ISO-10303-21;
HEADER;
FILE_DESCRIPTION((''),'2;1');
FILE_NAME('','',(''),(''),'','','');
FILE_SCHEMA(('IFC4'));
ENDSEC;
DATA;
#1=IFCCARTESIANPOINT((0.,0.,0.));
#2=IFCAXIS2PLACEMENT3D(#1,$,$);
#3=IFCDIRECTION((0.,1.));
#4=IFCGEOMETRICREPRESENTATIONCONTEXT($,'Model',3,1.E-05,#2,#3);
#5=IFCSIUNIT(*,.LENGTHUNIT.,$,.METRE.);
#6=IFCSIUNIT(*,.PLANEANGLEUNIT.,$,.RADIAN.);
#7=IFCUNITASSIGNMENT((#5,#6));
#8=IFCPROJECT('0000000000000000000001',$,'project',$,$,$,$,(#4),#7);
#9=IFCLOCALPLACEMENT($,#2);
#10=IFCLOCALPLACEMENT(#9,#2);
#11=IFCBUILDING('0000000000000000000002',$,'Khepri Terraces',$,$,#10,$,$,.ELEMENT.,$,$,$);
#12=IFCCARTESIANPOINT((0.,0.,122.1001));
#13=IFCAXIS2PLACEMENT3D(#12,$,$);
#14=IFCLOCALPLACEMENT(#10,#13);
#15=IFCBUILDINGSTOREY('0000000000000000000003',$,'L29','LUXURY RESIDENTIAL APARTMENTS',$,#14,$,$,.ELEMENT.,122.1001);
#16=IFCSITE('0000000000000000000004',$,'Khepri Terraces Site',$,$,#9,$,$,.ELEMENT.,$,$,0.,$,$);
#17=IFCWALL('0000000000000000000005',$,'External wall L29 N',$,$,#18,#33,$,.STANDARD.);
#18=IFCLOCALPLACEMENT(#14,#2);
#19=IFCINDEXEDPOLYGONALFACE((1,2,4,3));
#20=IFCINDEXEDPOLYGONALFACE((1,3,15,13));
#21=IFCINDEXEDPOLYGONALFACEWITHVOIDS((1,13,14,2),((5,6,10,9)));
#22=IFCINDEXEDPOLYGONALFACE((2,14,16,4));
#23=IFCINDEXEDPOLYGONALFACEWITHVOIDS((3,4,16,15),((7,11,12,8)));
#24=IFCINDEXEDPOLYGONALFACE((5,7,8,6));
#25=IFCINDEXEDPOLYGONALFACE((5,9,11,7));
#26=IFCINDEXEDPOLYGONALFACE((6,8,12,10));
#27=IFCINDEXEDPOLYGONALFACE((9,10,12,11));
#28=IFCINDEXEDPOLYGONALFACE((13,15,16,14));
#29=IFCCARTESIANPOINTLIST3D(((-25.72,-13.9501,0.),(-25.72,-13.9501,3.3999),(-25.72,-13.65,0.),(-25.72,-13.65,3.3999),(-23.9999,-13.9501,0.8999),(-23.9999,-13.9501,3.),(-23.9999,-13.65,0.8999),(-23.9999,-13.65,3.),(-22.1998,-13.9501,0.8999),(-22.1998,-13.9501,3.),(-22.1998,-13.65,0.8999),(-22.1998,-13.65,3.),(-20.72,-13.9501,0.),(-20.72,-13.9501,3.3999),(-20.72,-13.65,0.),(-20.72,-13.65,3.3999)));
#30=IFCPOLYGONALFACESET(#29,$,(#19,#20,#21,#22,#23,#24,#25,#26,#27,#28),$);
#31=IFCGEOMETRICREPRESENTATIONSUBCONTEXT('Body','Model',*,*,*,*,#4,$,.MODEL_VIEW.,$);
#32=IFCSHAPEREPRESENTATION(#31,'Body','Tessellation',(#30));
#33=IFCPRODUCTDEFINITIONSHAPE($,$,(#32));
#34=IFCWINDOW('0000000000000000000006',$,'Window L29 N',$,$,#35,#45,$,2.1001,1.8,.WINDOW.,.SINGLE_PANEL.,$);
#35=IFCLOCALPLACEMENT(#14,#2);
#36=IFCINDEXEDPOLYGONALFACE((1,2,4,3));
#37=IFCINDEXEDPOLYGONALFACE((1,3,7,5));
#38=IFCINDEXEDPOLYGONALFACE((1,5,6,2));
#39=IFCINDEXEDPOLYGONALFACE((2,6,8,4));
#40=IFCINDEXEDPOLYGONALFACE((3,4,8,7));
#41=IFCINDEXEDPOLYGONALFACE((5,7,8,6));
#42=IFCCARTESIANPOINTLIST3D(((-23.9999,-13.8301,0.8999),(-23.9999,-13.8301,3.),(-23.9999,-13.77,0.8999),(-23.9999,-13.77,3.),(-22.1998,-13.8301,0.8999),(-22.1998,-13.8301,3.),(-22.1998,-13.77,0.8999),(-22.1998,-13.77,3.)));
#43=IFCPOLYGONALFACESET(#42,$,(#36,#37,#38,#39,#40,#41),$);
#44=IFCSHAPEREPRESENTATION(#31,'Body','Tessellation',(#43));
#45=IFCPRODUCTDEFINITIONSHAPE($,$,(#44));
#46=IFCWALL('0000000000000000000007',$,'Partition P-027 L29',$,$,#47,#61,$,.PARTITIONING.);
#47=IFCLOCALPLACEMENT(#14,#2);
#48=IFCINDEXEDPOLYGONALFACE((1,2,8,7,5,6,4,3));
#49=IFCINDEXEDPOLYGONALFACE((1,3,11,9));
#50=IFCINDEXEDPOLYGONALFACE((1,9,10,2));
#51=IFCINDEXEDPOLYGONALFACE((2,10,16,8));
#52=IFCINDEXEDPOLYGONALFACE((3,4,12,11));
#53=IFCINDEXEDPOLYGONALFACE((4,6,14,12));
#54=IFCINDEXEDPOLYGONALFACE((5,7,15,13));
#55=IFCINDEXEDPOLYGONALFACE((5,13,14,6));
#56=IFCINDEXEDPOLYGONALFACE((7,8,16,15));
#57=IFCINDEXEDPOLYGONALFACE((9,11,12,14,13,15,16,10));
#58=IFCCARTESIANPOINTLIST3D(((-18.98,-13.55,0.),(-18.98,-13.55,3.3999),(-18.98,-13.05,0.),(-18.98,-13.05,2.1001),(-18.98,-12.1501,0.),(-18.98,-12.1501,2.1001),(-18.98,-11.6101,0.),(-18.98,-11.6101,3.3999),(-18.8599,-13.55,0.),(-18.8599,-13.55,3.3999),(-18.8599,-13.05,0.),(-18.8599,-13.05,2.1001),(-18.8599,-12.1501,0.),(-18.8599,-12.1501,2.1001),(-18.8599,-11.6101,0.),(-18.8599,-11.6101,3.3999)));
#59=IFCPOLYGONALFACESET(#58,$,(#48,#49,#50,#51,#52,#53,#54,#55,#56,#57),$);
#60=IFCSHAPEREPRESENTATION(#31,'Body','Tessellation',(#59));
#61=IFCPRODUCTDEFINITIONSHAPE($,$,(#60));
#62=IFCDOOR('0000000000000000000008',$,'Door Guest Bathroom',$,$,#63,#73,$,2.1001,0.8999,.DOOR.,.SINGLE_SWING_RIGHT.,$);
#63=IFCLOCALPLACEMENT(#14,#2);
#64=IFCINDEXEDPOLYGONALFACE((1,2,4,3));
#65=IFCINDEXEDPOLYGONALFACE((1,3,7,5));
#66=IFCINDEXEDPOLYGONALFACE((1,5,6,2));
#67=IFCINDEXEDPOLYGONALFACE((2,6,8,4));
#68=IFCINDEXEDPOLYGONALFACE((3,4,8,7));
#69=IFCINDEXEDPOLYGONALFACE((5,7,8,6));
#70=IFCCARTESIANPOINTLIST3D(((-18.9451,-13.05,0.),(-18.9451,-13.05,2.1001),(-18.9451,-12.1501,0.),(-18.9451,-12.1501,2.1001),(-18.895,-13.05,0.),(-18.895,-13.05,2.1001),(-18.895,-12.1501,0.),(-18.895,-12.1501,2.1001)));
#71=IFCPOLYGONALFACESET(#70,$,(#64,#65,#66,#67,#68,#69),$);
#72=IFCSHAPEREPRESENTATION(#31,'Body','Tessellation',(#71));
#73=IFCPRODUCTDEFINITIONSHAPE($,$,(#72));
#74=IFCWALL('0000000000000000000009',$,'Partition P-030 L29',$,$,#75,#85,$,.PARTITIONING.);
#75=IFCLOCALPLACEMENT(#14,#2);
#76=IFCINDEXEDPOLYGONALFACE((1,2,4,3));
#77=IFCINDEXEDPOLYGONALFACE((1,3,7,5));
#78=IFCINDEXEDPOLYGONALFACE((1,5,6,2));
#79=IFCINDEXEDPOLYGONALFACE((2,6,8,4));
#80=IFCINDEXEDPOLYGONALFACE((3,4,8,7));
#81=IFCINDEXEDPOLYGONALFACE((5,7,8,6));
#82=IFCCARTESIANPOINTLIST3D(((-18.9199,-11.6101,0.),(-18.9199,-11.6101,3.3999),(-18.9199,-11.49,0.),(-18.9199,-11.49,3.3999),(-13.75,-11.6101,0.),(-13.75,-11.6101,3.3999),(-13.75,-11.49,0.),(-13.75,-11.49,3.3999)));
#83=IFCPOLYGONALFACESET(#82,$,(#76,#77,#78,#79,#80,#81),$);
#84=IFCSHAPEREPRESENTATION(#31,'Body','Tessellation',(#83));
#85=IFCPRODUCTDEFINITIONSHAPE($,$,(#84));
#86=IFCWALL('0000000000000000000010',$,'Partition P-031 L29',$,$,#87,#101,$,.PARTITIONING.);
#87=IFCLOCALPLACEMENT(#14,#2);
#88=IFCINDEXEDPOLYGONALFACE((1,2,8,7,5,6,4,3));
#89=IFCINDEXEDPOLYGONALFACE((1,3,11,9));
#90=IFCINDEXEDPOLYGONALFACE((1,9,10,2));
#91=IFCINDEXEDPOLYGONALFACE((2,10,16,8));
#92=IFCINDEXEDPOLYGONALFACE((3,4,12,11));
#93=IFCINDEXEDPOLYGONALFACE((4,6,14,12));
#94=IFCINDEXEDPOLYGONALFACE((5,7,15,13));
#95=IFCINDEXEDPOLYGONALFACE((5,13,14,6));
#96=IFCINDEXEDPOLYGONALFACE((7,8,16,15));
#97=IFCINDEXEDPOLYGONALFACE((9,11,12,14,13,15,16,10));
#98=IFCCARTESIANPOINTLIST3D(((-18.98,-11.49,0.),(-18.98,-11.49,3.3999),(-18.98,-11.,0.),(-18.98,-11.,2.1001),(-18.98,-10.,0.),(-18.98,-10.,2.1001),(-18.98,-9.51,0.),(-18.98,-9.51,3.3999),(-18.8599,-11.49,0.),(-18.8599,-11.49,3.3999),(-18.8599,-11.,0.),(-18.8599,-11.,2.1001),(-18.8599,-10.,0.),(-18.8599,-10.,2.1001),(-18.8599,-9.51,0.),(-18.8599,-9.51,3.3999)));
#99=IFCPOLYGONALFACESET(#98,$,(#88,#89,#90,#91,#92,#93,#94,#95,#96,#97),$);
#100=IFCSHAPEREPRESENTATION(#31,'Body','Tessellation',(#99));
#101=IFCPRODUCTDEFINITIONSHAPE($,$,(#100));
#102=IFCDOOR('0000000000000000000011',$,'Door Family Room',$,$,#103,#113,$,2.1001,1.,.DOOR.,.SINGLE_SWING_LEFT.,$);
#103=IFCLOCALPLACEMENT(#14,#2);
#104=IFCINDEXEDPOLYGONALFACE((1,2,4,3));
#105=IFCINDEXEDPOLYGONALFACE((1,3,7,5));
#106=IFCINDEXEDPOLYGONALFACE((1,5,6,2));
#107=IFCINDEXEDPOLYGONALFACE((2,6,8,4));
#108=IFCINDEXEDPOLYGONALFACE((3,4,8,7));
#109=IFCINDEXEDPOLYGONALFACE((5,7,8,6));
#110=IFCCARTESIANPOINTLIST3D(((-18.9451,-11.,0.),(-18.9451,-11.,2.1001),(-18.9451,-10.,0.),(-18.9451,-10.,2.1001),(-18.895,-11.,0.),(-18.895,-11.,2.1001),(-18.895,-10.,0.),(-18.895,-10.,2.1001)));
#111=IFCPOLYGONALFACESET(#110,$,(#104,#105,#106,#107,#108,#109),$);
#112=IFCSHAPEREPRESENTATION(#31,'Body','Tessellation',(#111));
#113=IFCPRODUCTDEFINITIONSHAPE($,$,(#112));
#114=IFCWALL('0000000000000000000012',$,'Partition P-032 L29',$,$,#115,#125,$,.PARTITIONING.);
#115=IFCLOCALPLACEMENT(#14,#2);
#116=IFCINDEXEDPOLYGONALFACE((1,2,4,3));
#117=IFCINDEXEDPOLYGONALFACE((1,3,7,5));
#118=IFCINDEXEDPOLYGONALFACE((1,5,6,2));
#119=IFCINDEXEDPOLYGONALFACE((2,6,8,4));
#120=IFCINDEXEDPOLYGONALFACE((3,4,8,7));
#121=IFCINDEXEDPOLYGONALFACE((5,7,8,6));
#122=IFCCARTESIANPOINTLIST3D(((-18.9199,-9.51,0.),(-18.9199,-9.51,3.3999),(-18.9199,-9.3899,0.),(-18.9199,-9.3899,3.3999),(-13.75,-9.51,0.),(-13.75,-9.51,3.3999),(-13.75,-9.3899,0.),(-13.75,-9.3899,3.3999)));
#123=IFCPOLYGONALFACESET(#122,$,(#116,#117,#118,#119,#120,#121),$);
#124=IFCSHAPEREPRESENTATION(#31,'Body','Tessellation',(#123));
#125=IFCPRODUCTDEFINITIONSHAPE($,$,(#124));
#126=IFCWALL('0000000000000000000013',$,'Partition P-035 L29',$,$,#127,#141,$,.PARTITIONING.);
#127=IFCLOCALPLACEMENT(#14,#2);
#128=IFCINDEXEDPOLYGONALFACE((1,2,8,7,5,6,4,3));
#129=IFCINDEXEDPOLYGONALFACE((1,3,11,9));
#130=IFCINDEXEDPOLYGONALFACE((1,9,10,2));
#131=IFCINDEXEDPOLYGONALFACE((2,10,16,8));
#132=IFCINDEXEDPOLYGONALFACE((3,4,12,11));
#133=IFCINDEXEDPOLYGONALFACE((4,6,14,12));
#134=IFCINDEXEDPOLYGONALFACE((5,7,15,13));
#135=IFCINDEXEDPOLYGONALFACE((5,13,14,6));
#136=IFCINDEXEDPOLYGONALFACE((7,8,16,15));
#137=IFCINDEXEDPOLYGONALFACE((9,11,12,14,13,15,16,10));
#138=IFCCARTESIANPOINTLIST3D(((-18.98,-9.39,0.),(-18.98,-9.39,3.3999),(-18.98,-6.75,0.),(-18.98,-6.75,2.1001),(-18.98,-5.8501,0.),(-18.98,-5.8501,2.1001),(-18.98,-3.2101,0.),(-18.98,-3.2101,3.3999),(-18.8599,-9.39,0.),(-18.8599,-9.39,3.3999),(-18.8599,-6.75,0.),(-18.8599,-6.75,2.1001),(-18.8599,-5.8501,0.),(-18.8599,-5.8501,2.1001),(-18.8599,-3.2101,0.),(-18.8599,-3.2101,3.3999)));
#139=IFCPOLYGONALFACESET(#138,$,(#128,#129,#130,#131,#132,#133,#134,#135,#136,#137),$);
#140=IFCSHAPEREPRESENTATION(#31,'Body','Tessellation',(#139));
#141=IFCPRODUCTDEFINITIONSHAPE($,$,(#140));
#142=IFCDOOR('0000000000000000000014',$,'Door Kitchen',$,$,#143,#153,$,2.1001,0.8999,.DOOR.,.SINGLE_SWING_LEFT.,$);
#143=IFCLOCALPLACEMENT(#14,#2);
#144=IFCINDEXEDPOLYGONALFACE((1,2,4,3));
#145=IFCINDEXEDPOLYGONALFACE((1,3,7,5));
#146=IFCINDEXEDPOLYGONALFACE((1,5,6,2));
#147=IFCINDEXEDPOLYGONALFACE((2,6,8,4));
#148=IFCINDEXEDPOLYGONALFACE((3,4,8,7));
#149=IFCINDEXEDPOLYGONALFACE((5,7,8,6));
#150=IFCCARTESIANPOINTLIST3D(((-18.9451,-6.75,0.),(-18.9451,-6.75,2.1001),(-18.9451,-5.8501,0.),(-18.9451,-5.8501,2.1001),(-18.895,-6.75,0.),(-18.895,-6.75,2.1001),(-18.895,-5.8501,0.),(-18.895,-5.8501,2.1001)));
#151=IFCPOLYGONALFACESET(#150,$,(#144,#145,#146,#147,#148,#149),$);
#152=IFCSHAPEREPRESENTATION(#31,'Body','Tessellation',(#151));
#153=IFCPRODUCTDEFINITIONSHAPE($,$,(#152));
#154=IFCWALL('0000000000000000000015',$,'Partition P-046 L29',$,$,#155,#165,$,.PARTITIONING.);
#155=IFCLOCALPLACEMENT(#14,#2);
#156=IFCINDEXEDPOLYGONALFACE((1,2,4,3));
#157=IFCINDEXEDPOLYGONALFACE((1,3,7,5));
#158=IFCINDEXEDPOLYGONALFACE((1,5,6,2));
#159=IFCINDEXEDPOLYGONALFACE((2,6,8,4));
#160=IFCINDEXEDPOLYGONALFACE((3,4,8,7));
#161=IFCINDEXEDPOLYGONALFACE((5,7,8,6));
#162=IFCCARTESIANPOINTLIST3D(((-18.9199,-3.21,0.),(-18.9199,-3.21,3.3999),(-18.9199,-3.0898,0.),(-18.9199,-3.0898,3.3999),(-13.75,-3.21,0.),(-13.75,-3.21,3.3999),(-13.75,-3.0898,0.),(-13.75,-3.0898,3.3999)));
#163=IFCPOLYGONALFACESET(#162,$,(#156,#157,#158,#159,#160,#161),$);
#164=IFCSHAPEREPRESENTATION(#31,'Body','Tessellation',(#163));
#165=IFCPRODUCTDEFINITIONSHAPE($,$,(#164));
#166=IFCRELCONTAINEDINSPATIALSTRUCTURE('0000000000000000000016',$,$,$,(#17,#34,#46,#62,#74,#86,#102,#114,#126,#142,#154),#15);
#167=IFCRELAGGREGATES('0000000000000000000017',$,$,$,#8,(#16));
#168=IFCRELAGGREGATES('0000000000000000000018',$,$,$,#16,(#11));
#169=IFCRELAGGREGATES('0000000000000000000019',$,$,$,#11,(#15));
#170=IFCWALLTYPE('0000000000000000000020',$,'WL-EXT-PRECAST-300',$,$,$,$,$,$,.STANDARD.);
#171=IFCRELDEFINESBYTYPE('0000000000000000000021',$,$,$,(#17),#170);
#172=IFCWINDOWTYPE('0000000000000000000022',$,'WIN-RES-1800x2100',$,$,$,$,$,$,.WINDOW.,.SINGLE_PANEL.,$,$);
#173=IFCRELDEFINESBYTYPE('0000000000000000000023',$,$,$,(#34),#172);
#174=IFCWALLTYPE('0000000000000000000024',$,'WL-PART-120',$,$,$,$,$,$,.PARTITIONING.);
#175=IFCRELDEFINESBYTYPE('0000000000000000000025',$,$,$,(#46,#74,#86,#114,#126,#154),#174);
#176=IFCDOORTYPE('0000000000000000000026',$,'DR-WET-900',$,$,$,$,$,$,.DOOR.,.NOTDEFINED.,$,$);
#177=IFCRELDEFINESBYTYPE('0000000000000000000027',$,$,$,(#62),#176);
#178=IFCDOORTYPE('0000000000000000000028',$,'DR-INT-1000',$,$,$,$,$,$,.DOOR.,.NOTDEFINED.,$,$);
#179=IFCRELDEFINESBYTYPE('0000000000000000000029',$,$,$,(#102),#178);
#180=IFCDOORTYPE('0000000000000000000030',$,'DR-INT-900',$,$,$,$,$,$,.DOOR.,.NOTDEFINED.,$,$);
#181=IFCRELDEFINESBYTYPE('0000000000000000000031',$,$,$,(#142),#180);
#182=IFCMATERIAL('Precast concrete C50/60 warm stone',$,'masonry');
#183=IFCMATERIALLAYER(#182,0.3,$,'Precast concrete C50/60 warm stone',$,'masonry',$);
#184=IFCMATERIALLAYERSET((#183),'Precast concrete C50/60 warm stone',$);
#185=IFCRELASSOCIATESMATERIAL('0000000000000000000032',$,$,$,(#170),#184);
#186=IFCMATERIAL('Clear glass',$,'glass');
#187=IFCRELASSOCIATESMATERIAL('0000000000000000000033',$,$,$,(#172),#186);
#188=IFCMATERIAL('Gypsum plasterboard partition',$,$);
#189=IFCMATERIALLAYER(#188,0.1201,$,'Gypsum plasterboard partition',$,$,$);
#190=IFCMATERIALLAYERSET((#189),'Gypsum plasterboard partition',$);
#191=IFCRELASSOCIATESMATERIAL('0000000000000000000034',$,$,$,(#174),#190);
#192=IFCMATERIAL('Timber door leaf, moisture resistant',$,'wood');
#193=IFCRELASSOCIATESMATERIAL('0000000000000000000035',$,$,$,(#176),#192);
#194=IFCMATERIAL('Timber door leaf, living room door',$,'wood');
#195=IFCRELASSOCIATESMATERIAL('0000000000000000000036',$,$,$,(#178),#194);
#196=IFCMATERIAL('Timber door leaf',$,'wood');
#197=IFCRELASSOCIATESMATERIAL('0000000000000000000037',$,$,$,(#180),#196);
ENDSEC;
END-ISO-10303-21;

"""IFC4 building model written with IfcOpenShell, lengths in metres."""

from ifc_helpers import new_model, si_unit, direction, frame, frame_2d, origin, place, context, subcontext, project, spatial, rectangle, extrude, material, layer, layer_set, type_object, element, fill, save


model = new_model("IFC4")

# Units and contexts
model_context = context("Model", 3, precision=1e-05, world=origin(), true_north=direction((0.0, 1.0)))
body_context = subcontext(model_context, "Body", "Model", "MODEL_VIEW")
ifc_project = project(units=[si_unit("LENGTHUNIT", "METRE"), si_unit("PLANEANGLEUNIT", "RADIAN")], contexts=[model_context])

# Site, building, storey
site_placement = place(None, origin())
site = spatial("IfcSite", under=ifc_project, at=site_placement, Name="Khepri Terraces Site", CompositionType="ELEMENT", RefElevation=0.0)
building_placement = place(site_placement, origin())
building = spatial("IfcBuilding", under=site, at=building_placement, Name="Khepri Terraces", CompositionType="ELEMENT")
storey_placement = place(building_placement, frame((0.0, 0.0, 122.1001)))
storey = spatial("IfcBuildingStorey", under=building, at=storey_placement, Name="L29", Description="LUXURY RESIDENTIAL APARTMENTS", CompositionType="ELEMENT", Elevation=122.1001)

# Wall, opening, window
ifc_material_1 = material(Name="Precast concrete C50/60 warm stone", Category="masonry")
ifc_layer_1 = layer(ifc_material_1, 0.3, Name="Precast concrete C50/60 warm stone", Category="masonry")
ifc_layer_set_1 = layer_set([ifc_layer_1], Name="Precast concrete C50/60 warm stone")
wall_type_1 = type_object("IfcWallType", Name="WL-EXT-PRECAST-300", PredefinedType="STANDARD", material=ifc_layer_set_1)
wall_1_placement = place(storey_placement, frame((-20.72, -13.8, 0.0), z_axis=(0.0, 0.0, 1.0), x_axis=(-1.0, 0.0, 0.0)))
wall_1 = element("IfcWall", 1, at=wall_1_placement, inside=storey, type_object=wall_type_1, Name="External wall L29 N", PredefinedType="STANDARD", context=body_context, shape_type="SweptSolid", body=[
    extrude(rectangle(XDim=5.0, YDim=0.3, at=frame_2d((2.5, 0.0))), origin(), (0.0, 0.0, 1.0), 3.3999),
])
opening_1_placement = place(wall_1_placement, frame((1.48, 0.0, 0.8999)))
opening_1 = element("IfcOpeningElement", 2, at=opening_1_placement, cuts=wall_1, PredefinedType="OPENING", context=body_context, shape_type="SweptSolid", body=[
    extrude(rectangle(XDim=1.8, YDim=2.1001, at=frame_2d((0.8999, 1.05))), frame((0.0, 0.1602, 0.0), z_axis=(0.0, -1.0, 0.0), x_axis=(1.0, 0.0, 0.0)), (0.0, 0.0, 1.0), 0.3201),
])
ifc_material_2 = material(Name="Clear glass", Category="glass")
window_type = type_object("IfcWindowType", Name="WIN-RES-1800x2100", PartitioningType="SINGLE_PANEL", PredefinedType="WINDOW", material=ifc_material_2)
window_placement = place(opening_1_placement, origin())
window = element("IfcWindow", 3, at=window_placement, inside=storey, type_object=window_type, Name="Window L29 N", OverallHeight=2.1001, OverallWidth=1.8, PartitioningType="SINGLE_PANEL", PredefinedType="WINDOW", context=body_context, shape_type="SweptSolid", body=[
    extrude(rectangle(XDim=1.8, YDim=2.1001, at=frame_2d((0.8999, 1.05))), frame((0.0, 0.03, 0.0), z_axis=(0.0, -1.0, 0.0), x_axis=(1.0, 0.0, 0.0)), (0.0, 0.0, 1.0), 0.0601),
])
fill(opening_1, window)

# Wall, opening, door
ifc_material_3 = material(Name="Gypsum plasterboard partition")
ifc_layer_2 = layer(ifc_material_3, 0.1201, Name="Gypsum plasterboard partition")
ifc_layer_set_2 = layer_set([ifc_layer_2], Name="Gypsum plasterboard partition")
wall_type_2 = type_object("IfcWallType", Name="WL-PART-120", PredefinedType="PARTITIONING", material=ifc_layer_set_2)
wall_2_placement = place(storey_placement, frame((-18.9199, -13.55, 0.0), z_axis=(0.0, 0.0, 1.0), x_axis=(0.0, 1.0, 0.0)))
wall_2 = element("IfcWall", 4, at=wall_2_placement, inside=storey, type_object=wall_type_2, Name="Partition P-027 L29", PredefinedType="PARTITIONING", context=body_context, shape_type="SweptSolid", body=[
    extrude(rectangle(XDim=1.9399, YDim=0.1201, at=frame_2d((0.97, 0.0))), origin(), (0.0, 0.0, 1.0), 3.3999),
])
opening_2_placement = place(wall_2_placement, frame((0.5, 0.0, 0.0)))
opening_2 = element("IfcOpeningElement", 5, at=opening_2_placement, cuts=wall_2, PredefinedType="OPENING", context=body_context, shape_type="SweptSolid", body=[
    extrude(rectangle(XDim=0.8999, YDim=2.1001, at=frame_2d((0.45, 1.05))), frame((0.0, 0.0701, 0.0), z_axis=(0.0, -1.0, 0.0), x_axis=(1.0, 0.0, 0.0)), (0.0, 0.0, 1.0), 0.1401),
])
ifc_material_4 = material(Name="Timber door leaf, moisture resistant", Category="wood")
door_type_1 = type_object("IfcDoorType", Name="DR-WET-900", OperationType="NOTDEFINED", PredefinedType="DOOR", material=ifc_material_4)
door_1_placement = place(opening_2_placement, frame((0.8999, 0.0, 0.0), z_axis=(0.0, 0.0, 1.0), x_axis=(-1.0, 0.0, 0.0)))
door_1 = element("IfcDoor", 6, at=door_1_placement, inside=storey, type_object=door_type_1, Name="Door Guest Bathroom", OperationType="SINGLE_SWING_RIGHT", OverallHeight=2.1001, OverallWidth=0.8999, PredefinedType="DOOR", context=body_context, shape_type="SweptSolid", body=[
    extrude(rectangle(XDim=0.8999, YDim=2.1001, at=frame_2d((0.45, 1.05))), frame((0.0, 0.0249, 0.0), z_axis=(0.0, -1.0, 0.0), x_axis=(1.0, 0.0, 0.0)), (0.0, 0.0, 1.0), 0.05),
])
fill(opening_2, door_1)

# Wall
wall_3_placement = place(storey_placement, frame((-18.9199, -11.55, 0.0), z_axis=(0.0, 0.0, 1.0), x_axis=(1.0, 0.0, 0.0)))
element("IfcWall", 7, at=wall_3_placement, inside=storey, type_object=wall_type_2, Name="Partition P-030 L29", PredefinedType="PARTITIONING", context=body_context, shape_type="SweptSolid", body=[
    extrude(rectangle(XDim=5.1699, YDim=0.1201, at=frame_2d((2.585, 0.0))), origin(), (0.0, 0.0, 1.0), 3.3999),
])

# Wall, opening, door
wall_4_placement = place(storey_placement, frame((-18.9199, -11.49, 0.0), z_axis=(0.0, 0.0, 1.0), x_axis=(0.0, 1.0, 0.0)))
wall_4 = element("IfcWall", 8, at=wall_4_placement, inside=storey, type_object=wall_type_2, Name="Partition P-031 L29", PredefinedType="PARTITIONING", context=body_context, shape_type="SweptSolid", body=[
    extrude(rectangle(XDim=1.98, YDim=0.1201, at=frame_2d((0.99, 0.0))), origin(), (0.0, 0.0, 1.0), 3.3999),
])
opening_3_placement = place(wall_4_placement, frame((0.49, 0.0, 0.0)))
opening_3 = element("IfcOpeningElement", 9, at=opening_3_placement, cuts=wall_4, PredefinedType="OPENING", context=body_context, shape_type="SweptSolid", body=[
    extrude(rectangle(XDim=1.0, YDim=2.1001, at=frame_2d((0.5, 1.05))), frame((0.0, 0.0701, 0.0), z_axis=(0.0, -1.0, 0.0), x_axis=(1.0, 0.0, 0.0)), (0.0, 0.0, 1.0), 0.1401),
])
ifc_material_5 = material(Name="Timber door leaf, living room door", Category="wood")
door_type_2 = type_object("IfcDoorType", Name="DR-INT-1000", OperationType="NOTDEFINED", PredefinedType="DOOR", material=ifc_material_5)
door_2_placement = place(opening_3_placement, frame((1.0, 0.0, 0.0), z_axis=(0.0, 0.0, 1.0), x_axis=(-1.0, 0.0, 0.0)))
door_2 = element("IfcDoor", 10, at=door_2_placement, inside=storey, type_object=door_type_2, Name="Door Family Room", OperationType="SINGLE_SWING_LEFT", OverallHeight=2.1001, OverallWidth=1.0, PredefinedType="DOOR", context=body_context, shape_type="SweptSolid", body=[
    extrude(rectangle(XDim=1.0, YDim=2.1001, at=frame_2d((0.5, 1.05))), frame((0.0, 0.0249, 0.0), z_axis=(0.0, -1.0, 0.0), x_axis=(1.0, 0.0, 0.0)), (0.0, 0.0, 1.0), 0.05),
])
fill(opening_3, door_2)

# Wall
wall_5_placement = place(storey_placement, frame((-18.9199, -9.45, 0.0), z_axis=(0.0, 0.0, 1.0), x_axis=(1.0, 0.0, 0.0)))
element("IfcWall", 11, at=wall_5_placement, inside=storey, type_object=wall_type_2, Name="Partition P-032 L29", PredefinedType="PARTITIONING", context=body_context, shape_type="SweptSolid", body=[
    extrude(rectangle(XDim=5.1699, YDim=0.1201, at=frame_2d((2.585, 0.0))), origin(), (0.0, 0.0, 1.0), 3.3999),
])

# Wall, opening, door
wall_6_placement = place(storey_placement, frame((-18.9199, -9.3899, 0.0), z_axis=(0.0, 0.0, 1.0), x_axis=(0.0, 1.0, 0.0)))
wall_6 = element("IfcWall", 12, at=wall_6_placement, inside=storey, type_object=wall_type_2, Name="Partition P-035 L29", PredefinedType="PARTITIONING", context=body_context, shape_type="SweptSolid", body=[
    extrude(rectangle(XDim=6.1799, YDim=0.1201, at=frame_2d((3.0898, 0.0))), origin(), (0.0, 0.0, 1.0), 3.3999),
])
opening_4_placement = place(wall_6_placement, frame((2.6399, 0.0, 0.0)))
opening_4 = element("IfcOpeningElement", 13, at=opening_4_placement, cuts=wall_6, PredefinedType="OPENING", context=body_context, shape_type="SweptSolid", body=[
    extrude(rectangle(XDim=0.8999, YDim=2.1001, at=frame_2d((0.45, 1.05))), frame((0.0, 0.0701, 0.0), z_axis=(0.0, -1.0, 0.0), x_axis=(1.0, 0.0, 0.0)), (0.0, 0.0, 1.0), 0.1401),
])
ifc_material_6 = material(Name="Timber door leaf", Category="wood")
door_type_3 = type_object("IfcDoorType", Name="DR-INT-900", OperationType="NOTDEFINED", PredefinedType="DOOR", material=ifc_material_6)
door_3_placement = place(opening_4_placement, frame((0.8999, 0.0, 0.0), z_axis=(0.0, 0.0, 1.0), x_axis=(-1.0, 0.0, 0.0)))
door_3 = element("IfcDoor", 14, at=door_3_placement, inside=storey, type_object=door_type_3, Name="Door Kitchen", OperationType="SINGLE_SWING_LEFT", OverallHeight=2.1001, OverallWidth=0.8999, PredefinedType="DOOR", context=body_context, shape_type="SweptSolid", body=[
    extrude(rectangle(XDim=0.8999, YDim=2.1001, at=frame_2d((0.45, 1.05))), frame((0.0, 0.0249, 0.0), z_axis=(0.0, -1.0, 0.0), x_axis=(1.0, 0.0, 0.0)), (0.0, 0.0, 1.0), 0.05),
])
fill(opening_4, door_3)

# Wall
wall_7_placement = place(storey_placement, frame((-18.9199, -3.1499, 0.0), z_axis=(0.0, 0.0, 1.0), x_axis=(1.0, 0.0, 0.0)))
element("IfcWall", 15, at=wall_7_placement, inside=storey, type_object=wall_type_2, Name="Partition P-046 L29", PredefinedType="PARTITIONING", context=body_context, shape_type="SweptSolid", body=[
    extrude(rectangle(XDim=5.1699, YDim=0.1201, at=frame_2d((2.585, 0.0))), origin(), (0.0, 0.0, 1.0), 3.3999),
])

save(model, "model.ifc")
